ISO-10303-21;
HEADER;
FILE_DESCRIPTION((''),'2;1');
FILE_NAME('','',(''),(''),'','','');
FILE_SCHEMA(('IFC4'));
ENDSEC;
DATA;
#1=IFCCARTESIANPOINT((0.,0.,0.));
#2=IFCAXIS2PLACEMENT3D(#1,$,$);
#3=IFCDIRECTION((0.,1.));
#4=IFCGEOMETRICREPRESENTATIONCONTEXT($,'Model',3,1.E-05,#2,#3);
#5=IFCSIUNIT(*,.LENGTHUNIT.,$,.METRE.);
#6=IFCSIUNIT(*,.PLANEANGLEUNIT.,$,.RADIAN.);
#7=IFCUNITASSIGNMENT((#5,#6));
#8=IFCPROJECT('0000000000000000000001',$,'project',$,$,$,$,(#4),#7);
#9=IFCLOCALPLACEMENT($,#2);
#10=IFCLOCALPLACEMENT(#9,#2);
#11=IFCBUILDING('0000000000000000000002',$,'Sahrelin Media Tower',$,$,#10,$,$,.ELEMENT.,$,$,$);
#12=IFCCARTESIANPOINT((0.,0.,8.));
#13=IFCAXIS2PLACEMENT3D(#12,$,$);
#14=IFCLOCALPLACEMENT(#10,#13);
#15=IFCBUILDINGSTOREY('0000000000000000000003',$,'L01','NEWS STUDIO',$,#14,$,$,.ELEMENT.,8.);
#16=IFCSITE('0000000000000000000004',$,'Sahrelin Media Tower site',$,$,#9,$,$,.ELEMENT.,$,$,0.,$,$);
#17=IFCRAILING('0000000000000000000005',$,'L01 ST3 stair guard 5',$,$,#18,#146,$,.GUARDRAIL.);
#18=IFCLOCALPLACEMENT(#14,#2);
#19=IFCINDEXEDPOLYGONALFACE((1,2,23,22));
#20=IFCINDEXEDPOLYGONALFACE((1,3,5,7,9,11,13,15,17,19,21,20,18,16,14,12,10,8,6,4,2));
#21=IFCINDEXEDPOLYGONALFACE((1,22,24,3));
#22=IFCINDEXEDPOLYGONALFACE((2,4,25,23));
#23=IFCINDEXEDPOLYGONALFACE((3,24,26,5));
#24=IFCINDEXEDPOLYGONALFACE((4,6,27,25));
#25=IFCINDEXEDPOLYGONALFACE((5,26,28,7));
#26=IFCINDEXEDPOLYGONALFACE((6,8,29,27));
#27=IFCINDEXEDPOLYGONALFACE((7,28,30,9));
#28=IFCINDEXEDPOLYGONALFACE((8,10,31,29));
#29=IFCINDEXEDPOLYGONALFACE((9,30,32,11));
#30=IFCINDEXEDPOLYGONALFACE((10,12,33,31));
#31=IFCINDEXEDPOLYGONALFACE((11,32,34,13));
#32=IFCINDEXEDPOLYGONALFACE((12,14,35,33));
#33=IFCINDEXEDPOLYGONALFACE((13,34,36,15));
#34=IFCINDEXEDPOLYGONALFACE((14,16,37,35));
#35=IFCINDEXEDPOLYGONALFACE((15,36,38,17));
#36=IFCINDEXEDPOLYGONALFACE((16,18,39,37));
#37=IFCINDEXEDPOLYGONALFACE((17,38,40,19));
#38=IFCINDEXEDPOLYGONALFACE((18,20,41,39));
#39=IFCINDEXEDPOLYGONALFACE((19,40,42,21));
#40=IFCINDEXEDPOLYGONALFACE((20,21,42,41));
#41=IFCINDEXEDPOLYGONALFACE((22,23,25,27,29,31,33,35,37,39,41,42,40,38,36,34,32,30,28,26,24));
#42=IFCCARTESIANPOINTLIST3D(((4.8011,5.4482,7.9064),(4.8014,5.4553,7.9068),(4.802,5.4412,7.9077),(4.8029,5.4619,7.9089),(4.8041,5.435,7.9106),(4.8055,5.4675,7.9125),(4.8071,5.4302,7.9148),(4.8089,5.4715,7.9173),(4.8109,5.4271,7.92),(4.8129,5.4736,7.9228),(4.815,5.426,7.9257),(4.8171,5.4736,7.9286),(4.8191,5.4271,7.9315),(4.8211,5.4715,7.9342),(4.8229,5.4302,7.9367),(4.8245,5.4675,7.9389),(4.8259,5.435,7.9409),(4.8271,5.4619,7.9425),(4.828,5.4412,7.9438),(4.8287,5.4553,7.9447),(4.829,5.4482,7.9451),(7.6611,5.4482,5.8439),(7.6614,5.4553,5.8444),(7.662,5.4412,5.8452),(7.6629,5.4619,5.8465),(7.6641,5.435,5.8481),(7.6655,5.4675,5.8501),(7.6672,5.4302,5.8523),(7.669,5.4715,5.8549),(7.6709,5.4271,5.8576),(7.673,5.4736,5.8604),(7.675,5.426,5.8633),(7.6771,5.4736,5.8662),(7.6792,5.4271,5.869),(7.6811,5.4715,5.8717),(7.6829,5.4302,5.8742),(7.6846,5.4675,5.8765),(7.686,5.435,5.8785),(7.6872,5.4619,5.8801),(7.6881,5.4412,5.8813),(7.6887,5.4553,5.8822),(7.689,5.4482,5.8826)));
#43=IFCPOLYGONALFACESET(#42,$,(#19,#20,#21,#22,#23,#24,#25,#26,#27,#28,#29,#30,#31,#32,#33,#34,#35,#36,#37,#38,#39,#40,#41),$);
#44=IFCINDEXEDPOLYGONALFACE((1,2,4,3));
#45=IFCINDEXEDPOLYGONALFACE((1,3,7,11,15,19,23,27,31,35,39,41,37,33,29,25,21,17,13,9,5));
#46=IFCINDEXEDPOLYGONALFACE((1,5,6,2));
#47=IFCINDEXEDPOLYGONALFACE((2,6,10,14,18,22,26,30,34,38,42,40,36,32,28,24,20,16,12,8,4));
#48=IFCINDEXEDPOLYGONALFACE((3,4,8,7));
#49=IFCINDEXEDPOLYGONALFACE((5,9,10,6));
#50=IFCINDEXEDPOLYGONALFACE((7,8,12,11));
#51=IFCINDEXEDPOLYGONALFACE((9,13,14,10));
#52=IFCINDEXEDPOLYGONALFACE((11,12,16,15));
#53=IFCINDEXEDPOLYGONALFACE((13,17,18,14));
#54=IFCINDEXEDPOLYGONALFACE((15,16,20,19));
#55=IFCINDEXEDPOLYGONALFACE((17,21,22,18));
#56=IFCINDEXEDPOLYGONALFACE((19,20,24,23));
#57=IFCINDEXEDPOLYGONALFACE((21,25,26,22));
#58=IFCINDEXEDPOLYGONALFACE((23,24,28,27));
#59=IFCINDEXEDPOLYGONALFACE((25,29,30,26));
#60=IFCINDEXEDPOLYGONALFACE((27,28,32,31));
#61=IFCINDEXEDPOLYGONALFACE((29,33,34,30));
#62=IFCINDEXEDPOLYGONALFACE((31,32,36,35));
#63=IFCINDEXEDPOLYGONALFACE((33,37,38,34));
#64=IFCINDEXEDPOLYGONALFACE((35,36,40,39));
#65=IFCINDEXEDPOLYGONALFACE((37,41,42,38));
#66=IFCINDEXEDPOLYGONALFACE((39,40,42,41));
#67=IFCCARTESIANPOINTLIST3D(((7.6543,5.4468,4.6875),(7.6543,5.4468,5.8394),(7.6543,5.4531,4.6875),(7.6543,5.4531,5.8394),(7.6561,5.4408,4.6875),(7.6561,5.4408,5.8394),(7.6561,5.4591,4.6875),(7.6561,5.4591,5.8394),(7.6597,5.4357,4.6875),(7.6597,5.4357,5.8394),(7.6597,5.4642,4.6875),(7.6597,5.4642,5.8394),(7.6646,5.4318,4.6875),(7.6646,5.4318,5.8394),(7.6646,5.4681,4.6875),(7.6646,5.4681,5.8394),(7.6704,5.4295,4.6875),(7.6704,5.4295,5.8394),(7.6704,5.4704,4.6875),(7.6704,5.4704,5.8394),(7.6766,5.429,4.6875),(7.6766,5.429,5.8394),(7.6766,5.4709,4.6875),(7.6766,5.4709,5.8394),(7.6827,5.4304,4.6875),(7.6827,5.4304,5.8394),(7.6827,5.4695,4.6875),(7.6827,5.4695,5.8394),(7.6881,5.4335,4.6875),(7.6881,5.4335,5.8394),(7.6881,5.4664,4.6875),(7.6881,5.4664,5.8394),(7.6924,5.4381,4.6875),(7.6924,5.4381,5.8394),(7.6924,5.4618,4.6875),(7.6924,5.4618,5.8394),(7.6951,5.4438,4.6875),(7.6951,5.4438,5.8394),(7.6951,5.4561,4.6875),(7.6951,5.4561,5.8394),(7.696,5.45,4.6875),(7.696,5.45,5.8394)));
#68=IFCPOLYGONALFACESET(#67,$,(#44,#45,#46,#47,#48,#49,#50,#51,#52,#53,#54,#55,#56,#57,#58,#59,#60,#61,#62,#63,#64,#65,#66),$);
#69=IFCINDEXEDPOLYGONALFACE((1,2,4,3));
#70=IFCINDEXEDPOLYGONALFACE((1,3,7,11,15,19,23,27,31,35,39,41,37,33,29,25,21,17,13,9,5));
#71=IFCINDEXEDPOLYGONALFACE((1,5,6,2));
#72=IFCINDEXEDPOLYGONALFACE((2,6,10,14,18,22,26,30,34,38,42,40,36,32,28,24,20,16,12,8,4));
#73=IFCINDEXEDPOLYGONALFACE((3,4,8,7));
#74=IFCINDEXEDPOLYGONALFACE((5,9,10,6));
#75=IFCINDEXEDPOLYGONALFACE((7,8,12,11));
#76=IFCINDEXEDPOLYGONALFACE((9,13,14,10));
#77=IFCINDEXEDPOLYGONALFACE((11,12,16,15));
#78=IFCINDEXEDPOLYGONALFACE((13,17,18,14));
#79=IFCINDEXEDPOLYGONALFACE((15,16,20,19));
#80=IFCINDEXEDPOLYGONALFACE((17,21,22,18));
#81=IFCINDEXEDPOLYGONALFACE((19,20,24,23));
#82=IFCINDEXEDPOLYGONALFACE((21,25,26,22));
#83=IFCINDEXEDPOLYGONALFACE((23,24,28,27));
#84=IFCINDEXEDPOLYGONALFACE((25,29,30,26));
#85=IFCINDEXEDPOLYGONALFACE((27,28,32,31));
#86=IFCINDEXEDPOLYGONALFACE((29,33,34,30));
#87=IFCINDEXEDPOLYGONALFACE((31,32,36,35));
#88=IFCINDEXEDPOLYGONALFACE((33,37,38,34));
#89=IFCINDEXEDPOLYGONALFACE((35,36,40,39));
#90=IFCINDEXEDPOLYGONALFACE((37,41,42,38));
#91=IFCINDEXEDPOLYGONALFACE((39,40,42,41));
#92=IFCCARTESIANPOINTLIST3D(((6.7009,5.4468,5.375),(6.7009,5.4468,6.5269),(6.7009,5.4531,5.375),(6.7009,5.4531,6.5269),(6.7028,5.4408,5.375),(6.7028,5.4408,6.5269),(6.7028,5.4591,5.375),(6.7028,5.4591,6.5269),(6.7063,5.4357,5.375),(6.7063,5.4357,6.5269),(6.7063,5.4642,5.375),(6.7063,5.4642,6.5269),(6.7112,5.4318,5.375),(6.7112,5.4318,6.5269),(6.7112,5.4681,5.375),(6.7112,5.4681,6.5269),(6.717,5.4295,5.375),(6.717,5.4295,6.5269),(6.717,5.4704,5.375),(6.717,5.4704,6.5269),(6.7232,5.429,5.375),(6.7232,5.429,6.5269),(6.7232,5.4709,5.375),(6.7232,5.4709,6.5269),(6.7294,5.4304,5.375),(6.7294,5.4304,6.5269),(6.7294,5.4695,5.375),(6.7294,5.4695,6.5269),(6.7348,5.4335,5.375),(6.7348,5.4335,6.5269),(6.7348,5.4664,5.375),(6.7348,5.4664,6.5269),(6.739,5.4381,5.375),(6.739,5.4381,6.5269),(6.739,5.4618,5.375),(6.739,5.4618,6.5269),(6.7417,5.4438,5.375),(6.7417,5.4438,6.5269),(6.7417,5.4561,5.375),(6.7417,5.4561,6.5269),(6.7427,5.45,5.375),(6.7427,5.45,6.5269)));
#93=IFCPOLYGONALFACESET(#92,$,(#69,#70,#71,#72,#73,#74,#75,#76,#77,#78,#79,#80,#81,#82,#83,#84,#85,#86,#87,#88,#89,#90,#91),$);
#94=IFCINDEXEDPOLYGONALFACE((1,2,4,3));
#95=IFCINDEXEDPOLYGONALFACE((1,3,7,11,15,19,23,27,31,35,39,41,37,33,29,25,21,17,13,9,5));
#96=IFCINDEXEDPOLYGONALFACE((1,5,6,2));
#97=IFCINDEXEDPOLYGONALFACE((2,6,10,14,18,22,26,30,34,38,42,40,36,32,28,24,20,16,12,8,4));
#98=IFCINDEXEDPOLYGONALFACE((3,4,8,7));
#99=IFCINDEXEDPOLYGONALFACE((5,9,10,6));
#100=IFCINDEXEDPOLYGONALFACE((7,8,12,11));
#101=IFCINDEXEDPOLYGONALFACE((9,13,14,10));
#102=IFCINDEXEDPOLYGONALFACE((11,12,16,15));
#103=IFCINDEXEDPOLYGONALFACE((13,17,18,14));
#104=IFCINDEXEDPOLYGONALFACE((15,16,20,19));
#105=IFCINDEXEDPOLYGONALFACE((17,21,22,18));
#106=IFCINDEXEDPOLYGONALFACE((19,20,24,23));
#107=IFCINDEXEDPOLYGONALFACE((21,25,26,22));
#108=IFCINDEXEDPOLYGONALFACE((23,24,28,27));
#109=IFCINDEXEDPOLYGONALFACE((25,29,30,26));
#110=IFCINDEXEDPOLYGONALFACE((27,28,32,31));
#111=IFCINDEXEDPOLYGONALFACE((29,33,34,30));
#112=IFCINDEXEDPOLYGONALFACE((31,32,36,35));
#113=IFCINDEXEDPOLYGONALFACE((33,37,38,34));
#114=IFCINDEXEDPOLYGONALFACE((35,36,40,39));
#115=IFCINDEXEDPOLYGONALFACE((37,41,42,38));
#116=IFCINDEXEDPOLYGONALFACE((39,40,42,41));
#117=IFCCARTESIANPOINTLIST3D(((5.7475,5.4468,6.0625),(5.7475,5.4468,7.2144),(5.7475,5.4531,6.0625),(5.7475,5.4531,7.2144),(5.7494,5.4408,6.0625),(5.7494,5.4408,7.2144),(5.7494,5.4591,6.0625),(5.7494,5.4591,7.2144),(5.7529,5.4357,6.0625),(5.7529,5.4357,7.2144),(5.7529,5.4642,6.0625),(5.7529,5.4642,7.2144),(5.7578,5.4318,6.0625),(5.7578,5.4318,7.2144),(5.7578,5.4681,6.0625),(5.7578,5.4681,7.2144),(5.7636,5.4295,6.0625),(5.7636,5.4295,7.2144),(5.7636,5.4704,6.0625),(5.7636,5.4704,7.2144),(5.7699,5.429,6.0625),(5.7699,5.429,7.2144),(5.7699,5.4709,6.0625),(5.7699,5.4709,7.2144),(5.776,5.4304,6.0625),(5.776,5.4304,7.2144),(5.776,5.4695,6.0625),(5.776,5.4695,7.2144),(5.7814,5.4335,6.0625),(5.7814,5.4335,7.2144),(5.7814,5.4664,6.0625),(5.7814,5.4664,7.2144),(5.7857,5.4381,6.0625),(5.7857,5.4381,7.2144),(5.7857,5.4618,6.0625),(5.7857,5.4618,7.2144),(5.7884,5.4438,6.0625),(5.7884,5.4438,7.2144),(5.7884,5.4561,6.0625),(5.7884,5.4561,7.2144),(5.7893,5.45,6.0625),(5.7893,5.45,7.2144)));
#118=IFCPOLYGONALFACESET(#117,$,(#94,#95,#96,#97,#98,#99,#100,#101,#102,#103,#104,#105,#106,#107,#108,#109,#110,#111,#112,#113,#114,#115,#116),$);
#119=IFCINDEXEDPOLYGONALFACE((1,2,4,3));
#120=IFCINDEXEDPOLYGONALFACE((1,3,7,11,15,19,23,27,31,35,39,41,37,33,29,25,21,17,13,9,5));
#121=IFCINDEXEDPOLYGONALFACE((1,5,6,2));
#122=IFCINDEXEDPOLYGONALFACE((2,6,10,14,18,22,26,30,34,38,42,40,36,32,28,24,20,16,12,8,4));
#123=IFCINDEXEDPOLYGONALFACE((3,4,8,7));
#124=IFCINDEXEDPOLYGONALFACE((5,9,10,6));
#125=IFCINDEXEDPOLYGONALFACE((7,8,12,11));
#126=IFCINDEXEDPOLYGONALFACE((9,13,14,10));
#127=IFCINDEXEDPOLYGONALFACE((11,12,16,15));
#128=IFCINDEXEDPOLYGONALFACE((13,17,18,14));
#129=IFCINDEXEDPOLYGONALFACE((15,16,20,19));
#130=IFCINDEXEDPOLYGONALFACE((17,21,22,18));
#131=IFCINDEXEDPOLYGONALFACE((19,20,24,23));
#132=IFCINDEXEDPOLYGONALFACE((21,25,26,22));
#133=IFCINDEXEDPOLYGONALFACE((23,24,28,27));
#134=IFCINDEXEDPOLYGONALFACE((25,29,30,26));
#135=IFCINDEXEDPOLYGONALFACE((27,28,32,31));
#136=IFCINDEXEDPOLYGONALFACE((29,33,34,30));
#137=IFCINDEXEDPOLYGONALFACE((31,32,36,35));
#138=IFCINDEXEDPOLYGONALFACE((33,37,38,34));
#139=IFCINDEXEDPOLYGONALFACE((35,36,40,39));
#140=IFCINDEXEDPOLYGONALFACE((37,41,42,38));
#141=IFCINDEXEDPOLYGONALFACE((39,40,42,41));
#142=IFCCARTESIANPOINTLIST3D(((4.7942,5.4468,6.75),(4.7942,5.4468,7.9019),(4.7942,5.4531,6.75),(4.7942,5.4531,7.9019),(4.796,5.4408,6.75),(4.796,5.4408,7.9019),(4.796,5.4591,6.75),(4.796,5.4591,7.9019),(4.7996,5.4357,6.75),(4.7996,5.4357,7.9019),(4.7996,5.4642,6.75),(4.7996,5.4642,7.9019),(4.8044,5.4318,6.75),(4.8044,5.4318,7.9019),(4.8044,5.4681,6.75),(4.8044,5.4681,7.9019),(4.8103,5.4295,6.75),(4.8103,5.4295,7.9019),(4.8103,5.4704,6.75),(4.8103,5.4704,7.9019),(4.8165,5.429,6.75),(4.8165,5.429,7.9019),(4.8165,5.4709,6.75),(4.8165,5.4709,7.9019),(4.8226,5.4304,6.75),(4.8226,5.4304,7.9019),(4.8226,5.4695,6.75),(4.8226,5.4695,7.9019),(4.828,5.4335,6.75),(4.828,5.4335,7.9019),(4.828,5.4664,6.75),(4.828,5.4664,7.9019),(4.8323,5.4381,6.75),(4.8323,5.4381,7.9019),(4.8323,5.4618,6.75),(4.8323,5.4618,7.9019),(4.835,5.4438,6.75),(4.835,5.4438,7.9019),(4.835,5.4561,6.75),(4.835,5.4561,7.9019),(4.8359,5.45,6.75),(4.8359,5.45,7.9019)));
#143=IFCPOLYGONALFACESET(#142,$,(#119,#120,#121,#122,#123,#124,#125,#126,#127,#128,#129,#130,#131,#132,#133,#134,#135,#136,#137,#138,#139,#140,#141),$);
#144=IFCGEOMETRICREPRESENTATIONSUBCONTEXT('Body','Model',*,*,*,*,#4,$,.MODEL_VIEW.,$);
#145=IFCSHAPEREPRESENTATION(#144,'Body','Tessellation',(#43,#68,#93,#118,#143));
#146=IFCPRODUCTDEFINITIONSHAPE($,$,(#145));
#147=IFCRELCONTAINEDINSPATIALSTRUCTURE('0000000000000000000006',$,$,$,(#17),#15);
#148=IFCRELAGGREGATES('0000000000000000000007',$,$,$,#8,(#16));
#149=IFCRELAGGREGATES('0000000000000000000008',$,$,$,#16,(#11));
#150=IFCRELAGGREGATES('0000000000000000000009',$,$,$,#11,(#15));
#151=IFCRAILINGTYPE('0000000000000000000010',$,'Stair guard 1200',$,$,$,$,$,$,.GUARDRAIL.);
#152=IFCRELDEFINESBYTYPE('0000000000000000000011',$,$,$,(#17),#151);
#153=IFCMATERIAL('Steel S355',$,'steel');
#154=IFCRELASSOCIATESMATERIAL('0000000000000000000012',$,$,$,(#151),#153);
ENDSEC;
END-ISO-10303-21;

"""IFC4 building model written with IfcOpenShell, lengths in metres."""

from ifc_helpers import new_model, si_unit, direction, frame, origin, origin_2d, place, context, subcontext, project, spatial, circle, extrude, material, type_object, element, save


model = new_model("IFC4")

# Units and contexts
model_context = context("Model", 3, precision=1e-05, world=origin(), true_north=direction((0.0, 1.0)))
body_context = subcontext(model_context, "Body", "Model", "MODEL_VIEW")
ifc_project = project(units=[si_unit("LENGTHUNIT", "METRE"), si_unit("PLANEANGLEUNIT", "RADIAN")], contexts=[model_context])

# Site, building, storey
site_placement = place(None, origin())
site = spatial("IfcSite", under=ifc_project, at=site_placement, Name="Sahrelin Media Tower site", CompositionType="ELEMENT", RefElevation=0.0)
building_placement = place(site_placement, origin())
building = spatial("IfcBuilding", under=site, at=building_placement, Name="Sahrelin Media Tower", CompositionType="ELEMENT")
storey_placement = place(building_placement, frame((0.0, 0.0, 8.0)))
storey = spatial("IfcBuildingStorey", under=building, at=storey_placement, Name="L01", Description="NEWS STUDIO", CompositionType="ELEMENT", Elevation=8.0)

# Shared definitions
ifc_material_1 = material(Name="Steel S355", Category="steel")

# Railing
railing_type_1 = type_object("IfcRailingType", Name="Stair guard 1200", PredefinedType="GUARDRAIL", material=ifc_material_1)
railing_1_placement = place(storey_placement, frame((7.675, 5.45, 4.6875)))
element("IfcRailing", 1, at=railing_1_placement, inside=storey, type_object=railing_type_1, Name="L01 ST3 stair guard 5", PredefinedType="GUARDRAIL", context=body_context, shape_type="SweptSolid", body=[
    extrude(circle(Radius=0.0239, at=origin_2d()), frame((0.0, 0.0, 1.1758), z_axis=(-0.811101, 0.0, 0.584906), x_axis=(0.0, -1.0, 0.0)), (0.0, 0.0, 1.0), 3.5261),
    extrude(circle(Radius=0.021, at=origin_2d()), origin(), (0.0, 0.0, 1.0), 1.1519),
    extrude(circle(Radius=0.021, at=origin_2d()), frame((-0.9534, 0.0, 0.6875)), (0.0, 0.0, 1.0), 1.1519),
    extrude(circle(Radius=0.021, at=origin_2d()), frame((-1.9067, 0.0, 1.375)), (0.0, 0.0, 1.0), 1.1519),
    extrude(circle(Radius=0.021, at=origin_2d()), frame((-2.8601, 0.0, 2.0625)), (0.0, 0.0, 1.0), 1.1519),
])

save(model, "model.ifc")
